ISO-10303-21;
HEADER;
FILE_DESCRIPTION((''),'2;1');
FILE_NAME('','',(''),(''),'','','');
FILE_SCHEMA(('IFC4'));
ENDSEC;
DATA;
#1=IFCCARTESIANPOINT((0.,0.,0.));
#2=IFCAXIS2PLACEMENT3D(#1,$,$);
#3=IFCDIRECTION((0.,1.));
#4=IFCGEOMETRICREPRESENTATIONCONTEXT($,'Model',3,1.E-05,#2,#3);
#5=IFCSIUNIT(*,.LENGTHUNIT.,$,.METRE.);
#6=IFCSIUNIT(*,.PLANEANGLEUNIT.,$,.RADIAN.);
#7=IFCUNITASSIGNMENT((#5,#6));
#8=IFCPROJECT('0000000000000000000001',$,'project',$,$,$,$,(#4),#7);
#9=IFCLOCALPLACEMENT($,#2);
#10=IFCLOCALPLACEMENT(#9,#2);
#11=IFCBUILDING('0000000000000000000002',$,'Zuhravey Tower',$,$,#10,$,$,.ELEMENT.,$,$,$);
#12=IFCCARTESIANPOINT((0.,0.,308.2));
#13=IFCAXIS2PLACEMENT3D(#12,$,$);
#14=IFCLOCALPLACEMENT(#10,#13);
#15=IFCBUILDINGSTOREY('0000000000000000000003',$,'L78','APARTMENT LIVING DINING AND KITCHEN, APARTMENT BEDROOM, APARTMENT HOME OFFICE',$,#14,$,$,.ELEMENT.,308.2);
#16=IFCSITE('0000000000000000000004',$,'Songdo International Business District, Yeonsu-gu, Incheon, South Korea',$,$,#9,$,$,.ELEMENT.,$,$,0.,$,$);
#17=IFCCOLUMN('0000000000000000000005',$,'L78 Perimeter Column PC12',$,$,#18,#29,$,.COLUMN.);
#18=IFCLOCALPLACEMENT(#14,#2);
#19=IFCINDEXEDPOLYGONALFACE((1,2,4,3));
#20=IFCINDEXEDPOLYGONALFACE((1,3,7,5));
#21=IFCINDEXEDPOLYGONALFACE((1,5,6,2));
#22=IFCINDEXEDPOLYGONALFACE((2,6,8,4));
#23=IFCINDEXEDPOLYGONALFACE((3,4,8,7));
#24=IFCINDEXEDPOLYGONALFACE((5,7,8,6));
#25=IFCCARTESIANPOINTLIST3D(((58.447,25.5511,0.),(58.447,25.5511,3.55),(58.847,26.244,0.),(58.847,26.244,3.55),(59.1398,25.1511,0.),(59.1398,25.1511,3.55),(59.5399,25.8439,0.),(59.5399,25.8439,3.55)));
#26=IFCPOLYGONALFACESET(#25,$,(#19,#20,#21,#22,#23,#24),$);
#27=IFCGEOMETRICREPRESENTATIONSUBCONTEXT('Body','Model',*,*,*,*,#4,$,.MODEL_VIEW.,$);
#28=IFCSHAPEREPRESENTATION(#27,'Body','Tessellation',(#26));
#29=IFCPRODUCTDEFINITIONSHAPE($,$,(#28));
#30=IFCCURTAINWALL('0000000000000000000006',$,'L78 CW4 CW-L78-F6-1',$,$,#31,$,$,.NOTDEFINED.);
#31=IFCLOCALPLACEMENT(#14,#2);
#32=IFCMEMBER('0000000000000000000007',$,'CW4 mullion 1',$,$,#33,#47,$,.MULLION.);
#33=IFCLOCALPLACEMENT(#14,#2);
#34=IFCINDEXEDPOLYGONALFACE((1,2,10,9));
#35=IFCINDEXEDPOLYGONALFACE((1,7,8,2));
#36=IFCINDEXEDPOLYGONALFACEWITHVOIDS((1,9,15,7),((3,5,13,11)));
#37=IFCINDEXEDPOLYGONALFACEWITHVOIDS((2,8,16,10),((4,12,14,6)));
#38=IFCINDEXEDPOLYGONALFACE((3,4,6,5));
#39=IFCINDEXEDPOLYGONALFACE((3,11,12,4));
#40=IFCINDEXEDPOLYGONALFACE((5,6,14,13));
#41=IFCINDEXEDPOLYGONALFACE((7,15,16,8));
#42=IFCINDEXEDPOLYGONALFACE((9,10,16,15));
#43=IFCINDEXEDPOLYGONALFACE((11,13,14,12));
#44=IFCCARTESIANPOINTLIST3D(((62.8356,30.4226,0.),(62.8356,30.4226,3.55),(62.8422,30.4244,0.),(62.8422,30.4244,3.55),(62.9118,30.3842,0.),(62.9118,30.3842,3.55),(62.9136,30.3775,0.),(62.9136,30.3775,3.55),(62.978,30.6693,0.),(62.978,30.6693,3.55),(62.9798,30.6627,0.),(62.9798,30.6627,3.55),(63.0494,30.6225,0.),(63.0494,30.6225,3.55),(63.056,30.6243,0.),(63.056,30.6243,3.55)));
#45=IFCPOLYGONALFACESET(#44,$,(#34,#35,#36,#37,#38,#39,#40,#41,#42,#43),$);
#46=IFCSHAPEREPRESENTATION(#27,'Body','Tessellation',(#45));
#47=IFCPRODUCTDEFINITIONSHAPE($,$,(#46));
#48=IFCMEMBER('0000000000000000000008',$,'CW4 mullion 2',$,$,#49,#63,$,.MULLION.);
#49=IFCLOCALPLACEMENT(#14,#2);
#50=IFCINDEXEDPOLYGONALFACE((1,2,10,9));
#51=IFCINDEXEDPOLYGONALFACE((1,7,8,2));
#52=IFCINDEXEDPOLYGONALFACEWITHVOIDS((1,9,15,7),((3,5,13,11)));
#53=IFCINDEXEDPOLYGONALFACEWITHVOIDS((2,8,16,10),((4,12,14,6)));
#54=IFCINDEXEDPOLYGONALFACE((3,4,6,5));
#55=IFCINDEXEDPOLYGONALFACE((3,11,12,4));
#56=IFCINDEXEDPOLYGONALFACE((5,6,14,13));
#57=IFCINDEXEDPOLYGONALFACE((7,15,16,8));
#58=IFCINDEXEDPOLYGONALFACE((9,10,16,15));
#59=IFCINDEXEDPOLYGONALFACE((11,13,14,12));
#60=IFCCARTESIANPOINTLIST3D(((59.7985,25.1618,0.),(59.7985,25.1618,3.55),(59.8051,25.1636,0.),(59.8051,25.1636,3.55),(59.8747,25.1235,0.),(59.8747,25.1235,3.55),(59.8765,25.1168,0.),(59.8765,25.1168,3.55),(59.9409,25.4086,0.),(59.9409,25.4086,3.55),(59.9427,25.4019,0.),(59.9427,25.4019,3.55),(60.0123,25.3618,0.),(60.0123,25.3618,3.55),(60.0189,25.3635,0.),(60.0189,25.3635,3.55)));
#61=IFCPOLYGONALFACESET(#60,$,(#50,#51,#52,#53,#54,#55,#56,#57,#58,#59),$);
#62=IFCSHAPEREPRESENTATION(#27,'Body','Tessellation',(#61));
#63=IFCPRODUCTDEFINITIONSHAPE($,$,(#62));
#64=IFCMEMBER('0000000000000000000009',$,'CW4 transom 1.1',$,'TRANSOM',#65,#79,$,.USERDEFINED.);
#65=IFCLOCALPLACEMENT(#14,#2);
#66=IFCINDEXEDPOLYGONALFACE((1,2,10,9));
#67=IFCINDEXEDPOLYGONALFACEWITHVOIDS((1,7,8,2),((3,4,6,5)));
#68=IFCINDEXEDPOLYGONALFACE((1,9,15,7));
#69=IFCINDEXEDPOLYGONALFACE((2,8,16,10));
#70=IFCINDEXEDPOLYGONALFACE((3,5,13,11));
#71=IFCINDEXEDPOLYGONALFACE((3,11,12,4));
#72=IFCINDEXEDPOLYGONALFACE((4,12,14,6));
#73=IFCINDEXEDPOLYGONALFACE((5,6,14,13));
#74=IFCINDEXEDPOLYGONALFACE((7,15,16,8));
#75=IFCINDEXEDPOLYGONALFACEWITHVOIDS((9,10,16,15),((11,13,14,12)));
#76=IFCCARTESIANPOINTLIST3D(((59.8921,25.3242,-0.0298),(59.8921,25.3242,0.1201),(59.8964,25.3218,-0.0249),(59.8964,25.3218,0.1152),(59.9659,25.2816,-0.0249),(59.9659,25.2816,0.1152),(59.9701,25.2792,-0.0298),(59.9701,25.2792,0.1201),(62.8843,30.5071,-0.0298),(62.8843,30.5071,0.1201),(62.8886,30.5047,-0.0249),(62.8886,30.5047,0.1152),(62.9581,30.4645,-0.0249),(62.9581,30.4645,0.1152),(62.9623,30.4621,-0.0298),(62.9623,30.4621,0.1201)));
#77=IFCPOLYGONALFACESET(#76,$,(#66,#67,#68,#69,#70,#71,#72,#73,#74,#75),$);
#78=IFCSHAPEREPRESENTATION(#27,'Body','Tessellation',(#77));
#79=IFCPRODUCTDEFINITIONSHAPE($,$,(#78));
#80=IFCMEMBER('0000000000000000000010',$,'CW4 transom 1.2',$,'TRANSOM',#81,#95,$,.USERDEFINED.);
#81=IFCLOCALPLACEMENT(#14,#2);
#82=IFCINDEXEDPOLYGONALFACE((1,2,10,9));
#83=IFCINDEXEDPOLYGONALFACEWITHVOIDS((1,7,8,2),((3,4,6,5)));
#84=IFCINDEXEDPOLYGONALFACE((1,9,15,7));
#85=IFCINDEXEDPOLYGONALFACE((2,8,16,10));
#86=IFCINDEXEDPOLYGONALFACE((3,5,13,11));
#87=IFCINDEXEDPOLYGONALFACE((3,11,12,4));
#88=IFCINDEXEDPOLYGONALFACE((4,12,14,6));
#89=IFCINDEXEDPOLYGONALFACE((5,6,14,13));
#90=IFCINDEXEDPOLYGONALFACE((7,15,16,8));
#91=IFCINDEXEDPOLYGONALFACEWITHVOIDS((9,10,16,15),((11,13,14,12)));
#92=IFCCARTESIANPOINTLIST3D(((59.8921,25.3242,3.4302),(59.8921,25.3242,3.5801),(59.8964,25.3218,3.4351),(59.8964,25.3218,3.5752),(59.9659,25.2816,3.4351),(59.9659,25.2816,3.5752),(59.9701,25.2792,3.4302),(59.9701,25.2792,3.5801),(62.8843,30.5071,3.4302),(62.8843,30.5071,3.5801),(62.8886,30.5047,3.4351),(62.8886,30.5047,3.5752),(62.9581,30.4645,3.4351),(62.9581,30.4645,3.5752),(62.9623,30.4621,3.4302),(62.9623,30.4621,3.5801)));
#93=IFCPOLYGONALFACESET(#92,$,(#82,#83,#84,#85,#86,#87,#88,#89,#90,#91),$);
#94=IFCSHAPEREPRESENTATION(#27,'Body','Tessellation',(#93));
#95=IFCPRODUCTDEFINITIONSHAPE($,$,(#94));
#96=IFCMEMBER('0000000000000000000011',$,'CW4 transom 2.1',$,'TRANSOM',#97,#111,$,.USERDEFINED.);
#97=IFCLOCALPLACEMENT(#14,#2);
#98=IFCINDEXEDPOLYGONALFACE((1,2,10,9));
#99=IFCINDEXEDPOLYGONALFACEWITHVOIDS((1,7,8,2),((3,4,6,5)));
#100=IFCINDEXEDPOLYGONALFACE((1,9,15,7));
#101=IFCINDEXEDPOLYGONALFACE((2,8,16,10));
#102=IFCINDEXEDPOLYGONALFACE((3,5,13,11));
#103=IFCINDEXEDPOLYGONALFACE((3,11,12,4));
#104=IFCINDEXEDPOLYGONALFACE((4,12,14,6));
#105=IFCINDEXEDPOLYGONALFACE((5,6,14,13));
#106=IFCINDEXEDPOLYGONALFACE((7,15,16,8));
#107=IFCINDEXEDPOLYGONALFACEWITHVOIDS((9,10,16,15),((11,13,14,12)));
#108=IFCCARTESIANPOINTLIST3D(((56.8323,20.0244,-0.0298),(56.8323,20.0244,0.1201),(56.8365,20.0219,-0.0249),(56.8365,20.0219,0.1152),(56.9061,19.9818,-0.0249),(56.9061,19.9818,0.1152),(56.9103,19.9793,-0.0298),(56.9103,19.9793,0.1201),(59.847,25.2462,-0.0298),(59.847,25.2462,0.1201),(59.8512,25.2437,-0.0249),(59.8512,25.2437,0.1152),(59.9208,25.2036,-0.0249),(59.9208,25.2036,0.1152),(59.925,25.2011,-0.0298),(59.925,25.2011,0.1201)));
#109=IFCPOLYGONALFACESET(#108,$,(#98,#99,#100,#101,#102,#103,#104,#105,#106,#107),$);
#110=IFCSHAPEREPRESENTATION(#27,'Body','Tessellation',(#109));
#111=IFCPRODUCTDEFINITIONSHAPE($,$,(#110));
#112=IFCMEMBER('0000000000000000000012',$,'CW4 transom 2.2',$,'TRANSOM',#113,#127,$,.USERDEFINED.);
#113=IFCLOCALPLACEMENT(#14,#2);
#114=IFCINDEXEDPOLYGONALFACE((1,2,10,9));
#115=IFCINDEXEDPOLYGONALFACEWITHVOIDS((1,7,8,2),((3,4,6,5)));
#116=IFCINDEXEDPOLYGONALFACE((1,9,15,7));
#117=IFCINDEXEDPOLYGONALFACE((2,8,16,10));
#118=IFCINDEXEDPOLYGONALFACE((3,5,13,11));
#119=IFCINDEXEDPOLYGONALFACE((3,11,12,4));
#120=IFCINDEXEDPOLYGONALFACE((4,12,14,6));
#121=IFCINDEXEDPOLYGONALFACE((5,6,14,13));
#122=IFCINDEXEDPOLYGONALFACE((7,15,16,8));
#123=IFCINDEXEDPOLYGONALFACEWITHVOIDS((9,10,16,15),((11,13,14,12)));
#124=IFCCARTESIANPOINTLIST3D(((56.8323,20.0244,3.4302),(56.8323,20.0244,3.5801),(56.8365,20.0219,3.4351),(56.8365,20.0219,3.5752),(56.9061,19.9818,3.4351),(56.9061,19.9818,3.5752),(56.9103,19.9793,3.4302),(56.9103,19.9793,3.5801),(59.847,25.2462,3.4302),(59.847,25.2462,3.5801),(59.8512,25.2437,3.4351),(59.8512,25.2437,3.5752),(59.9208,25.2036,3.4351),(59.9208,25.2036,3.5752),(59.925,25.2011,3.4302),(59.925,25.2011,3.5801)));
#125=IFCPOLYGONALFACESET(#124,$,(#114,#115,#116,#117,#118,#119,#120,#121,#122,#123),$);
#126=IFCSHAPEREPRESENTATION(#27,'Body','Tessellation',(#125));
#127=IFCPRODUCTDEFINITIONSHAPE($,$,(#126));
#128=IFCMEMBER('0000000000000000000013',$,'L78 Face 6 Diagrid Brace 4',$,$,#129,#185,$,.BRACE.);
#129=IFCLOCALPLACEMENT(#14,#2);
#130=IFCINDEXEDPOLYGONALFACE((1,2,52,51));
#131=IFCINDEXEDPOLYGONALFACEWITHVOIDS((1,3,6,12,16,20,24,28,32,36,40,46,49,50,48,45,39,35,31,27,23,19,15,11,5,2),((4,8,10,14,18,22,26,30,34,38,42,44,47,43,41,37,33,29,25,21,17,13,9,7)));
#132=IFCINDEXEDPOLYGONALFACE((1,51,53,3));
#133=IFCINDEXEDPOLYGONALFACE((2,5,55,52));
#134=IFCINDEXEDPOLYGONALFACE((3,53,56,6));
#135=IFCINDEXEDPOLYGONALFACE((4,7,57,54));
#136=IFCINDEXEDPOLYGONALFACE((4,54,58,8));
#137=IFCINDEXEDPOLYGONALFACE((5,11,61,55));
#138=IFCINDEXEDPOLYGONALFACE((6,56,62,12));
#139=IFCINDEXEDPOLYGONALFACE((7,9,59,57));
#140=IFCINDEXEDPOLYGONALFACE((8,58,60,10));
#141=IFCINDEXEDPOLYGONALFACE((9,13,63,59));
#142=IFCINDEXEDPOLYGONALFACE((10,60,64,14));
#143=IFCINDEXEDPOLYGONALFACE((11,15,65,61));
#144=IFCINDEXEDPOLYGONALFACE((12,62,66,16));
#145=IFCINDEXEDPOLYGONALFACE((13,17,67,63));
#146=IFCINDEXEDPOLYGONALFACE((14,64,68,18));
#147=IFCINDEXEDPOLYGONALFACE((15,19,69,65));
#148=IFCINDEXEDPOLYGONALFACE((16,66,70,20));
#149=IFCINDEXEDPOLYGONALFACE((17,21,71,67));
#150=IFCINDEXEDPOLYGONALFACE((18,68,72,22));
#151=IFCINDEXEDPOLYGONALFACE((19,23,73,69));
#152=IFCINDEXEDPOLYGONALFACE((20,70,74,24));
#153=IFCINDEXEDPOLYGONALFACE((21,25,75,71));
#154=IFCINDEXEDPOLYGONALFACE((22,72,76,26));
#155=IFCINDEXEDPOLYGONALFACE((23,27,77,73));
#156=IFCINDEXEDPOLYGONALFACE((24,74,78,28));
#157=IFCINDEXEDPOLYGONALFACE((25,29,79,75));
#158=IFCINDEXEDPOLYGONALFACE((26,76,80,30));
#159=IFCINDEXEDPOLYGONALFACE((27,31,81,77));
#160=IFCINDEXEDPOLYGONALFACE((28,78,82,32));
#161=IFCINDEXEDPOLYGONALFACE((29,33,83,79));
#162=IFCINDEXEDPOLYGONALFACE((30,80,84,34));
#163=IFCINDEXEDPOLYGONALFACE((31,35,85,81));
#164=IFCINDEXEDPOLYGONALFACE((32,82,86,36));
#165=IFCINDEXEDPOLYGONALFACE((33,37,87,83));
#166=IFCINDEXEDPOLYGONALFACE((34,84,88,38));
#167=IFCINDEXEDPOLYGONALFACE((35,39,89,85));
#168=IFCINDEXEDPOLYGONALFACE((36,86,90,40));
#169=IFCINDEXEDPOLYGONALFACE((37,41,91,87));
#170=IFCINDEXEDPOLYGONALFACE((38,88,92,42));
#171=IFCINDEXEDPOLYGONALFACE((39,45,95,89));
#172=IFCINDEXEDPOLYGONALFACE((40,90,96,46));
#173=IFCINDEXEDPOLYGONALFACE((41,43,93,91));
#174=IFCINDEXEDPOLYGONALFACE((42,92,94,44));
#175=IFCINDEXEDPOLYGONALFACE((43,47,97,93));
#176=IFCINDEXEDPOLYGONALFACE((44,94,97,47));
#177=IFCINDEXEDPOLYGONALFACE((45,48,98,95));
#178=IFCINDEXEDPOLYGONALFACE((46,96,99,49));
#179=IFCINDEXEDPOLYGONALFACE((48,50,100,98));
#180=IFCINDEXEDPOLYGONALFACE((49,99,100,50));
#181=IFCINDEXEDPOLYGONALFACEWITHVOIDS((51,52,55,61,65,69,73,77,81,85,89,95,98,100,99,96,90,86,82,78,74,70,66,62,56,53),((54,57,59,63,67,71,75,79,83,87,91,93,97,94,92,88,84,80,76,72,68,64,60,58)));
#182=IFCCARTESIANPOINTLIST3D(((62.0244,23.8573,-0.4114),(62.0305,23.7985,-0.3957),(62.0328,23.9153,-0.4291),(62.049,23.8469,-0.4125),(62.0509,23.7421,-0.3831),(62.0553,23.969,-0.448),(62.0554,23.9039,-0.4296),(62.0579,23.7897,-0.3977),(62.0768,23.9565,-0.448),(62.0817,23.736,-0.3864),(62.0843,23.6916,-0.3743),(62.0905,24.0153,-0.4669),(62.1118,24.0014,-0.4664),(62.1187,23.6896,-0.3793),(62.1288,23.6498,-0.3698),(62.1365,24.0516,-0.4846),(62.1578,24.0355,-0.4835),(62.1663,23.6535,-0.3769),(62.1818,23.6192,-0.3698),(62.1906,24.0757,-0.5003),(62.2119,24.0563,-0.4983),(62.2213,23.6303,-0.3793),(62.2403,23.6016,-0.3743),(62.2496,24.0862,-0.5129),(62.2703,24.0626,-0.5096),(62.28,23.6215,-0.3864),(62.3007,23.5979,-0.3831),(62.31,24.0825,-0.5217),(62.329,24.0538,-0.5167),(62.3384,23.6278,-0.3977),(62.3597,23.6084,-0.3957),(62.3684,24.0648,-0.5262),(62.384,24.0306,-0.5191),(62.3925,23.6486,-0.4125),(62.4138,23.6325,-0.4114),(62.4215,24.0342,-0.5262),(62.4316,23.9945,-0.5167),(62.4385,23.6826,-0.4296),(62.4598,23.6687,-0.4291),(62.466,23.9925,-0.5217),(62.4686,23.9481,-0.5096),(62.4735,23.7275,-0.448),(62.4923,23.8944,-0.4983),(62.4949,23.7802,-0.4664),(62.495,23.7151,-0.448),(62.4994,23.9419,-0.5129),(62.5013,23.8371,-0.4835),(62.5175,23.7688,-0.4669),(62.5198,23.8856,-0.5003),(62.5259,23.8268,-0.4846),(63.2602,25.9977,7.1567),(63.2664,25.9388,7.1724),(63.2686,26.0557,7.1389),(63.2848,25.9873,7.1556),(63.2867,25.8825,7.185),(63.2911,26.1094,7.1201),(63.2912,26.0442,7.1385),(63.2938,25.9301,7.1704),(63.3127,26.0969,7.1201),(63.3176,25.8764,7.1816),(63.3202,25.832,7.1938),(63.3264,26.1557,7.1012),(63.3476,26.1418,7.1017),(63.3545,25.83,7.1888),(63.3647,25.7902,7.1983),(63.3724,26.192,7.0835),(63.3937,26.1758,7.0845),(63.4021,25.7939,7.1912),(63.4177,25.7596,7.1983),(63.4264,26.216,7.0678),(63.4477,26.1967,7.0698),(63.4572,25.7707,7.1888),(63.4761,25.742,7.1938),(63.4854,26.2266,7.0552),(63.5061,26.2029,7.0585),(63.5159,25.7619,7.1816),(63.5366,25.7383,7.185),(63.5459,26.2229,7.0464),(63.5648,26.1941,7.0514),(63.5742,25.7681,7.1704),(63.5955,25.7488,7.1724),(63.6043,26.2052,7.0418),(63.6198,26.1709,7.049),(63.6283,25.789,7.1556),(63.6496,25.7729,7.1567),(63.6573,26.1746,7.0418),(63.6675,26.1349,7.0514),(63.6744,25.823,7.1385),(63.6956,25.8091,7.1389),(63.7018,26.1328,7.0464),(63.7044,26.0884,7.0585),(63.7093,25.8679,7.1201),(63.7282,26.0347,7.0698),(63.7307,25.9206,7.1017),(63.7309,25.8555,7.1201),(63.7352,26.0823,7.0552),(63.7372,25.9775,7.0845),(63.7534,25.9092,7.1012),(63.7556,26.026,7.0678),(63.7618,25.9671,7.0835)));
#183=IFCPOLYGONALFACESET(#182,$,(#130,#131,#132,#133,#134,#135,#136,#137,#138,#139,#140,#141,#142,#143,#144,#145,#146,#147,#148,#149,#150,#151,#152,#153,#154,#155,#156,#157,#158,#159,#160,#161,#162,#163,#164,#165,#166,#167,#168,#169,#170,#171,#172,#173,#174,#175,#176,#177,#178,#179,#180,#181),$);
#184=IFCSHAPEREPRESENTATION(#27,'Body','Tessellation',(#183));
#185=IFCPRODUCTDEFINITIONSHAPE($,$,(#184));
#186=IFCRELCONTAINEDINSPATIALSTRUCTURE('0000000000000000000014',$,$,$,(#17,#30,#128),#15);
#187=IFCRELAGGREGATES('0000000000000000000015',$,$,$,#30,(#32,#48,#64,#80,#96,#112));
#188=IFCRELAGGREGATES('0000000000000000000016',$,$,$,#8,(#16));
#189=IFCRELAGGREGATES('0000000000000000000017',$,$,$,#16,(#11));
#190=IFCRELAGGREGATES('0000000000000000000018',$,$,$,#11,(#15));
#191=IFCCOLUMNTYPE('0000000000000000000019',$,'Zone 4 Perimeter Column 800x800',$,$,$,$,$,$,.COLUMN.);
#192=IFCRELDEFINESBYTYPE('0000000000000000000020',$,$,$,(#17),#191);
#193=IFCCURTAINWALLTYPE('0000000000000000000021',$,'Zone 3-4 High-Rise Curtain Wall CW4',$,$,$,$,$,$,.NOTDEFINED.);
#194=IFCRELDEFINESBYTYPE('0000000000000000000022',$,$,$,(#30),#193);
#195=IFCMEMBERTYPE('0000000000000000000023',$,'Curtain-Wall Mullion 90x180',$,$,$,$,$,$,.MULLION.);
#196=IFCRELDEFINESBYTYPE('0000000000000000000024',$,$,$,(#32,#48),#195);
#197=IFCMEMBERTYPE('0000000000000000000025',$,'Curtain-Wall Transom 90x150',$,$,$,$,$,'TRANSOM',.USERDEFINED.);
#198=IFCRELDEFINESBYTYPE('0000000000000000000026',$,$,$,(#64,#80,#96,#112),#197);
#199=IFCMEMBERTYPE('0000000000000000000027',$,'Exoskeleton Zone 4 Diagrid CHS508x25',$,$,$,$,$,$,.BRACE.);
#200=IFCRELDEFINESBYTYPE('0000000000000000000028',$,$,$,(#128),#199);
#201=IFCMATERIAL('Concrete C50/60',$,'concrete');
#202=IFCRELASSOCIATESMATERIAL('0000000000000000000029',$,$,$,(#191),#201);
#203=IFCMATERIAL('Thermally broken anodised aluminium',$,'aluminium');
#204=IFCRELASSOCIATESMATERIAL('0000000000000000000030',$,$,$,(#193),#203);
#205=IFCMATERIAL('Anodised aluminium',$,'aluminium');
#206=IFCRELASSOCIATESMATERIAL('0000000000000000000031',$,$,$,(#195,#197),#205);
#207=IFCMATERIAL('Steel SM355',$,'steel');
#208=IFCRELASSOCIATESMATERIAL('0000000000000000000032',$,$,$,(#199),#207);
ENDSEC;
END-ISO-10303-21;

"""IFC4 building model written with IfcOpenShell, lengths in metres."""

from ifc_helpers import new_model, si_unit, direction, frame, origin, origin_2d, place, context, subcontext, project, spatial, rectangle, hollow_rectangle, hollow_circle, extrude, material, material_profile, profile_set, type_object, element, aggregate, save


model = new_model("IFC4")

# Units and contexts
model_context = context("Model", 3, precision=1e-05, world=origin(), true_north=direction((0.0, 1.0)))
body_context = subcontext(model_context, "Body", "Model", "MODEL_VIEW")
ifc_project = project(units=[si_unit("LENGTHUNIT", "METRE"), si_unit("PLANEANGLEUNIT", "RADIAN")], contexts=[model_context])

# Site, building, storey
site_placement = place(None, origin())
site = spatial("IfcSite", under=ifc_project, at=site_placement, Name="Songdo International Business District, Yeonsu-gu, Incheon, South Korea", CompositionType="ELEMENT", RefElevation=0.0)
building_placement = place(site_placement, origin())
building = spatial("IfcBuilding", under=site, at=building_placement, Name="Zuhravey Tower", CompositionType="ELEMENT")
storey_placement = place(building_placement, frame((0.0, 0.0, 308.2)))
storey = spatial("IfcBuildingStorey", under=building, at=storey_placement, Name="L78", Description="APARTMENT LIVING DINING AND KITCHEN, APARTMENT BEDROOM, APARTMENT HOME OFFICE", CompositionType="ELEMENT", Elevation=308.2)

# Column
ifc_material_1 = material(Name="Concrete C50/60", Category="concrete")
ifc_material_profile_1 = material_profile(ifc_material_1, rectangle(XDim=0.8, YDim=0.8, at=origin_2d()), Name="RC-800x800")
ifc_profile_set_1 = profile_set([ifc_material_profile_1], Name="Concrete C50/60")
column_type = type_object("IfcColumnType", Name="Zone 4 Perimeter Column 800x800", PredefinedType="COLUMN", material=ifc_profile_set_1)
column_placement = place(storey_placement, frame((58.9934, 25.6975, 0.0), z_axis=(0.0, 0.0, 1.0), x_axis=(0.5, 0.866025, 0.0)))
element("IfcColumn", 1, at=column_placement, inside=storey, type_object=column_type, Name="L78 Perimeter Column PC12", PredefinedType="COLUMN", context=body_context, shape_type="SweptSolid", body=[
    extrude(rectangle(XDim=0.8, YDim=0.8, at=origin_2d()), origin(), (0.0, 0.0, 1.0), 3.55),
])

# Curtain wall, members
ifc_material_2 = material(Name="Thermally broken anodised aluminium", Category="aluminium")
curtain_wall_type = type_object("IfcCurtainWallType", Name="Zone 3-4 High-Rise Curtain Wall CW4", PredefinedType="NOTDEFINED", material=ifc_material_2)
curtain_wall_placement = place(storey_placement, origin())
curtain_wall = element("IfcCurtainWall", 2, at=curtain_wall_placement, inside=storey, type_object=curtain_wall_type, Name="L78 CW4 CW-L78-F6-1", PredefinedType="NOTDEFINED")
ifc_material_3 = material(Name="Anodised aluminium", Category="aluminium")
ifc_material_profile_2 = material_profile(ifc_material_3, hollow_rectangle(XDim=0.0901, YDim=0.2849, WallThickness=0.0049, at=origin_2d()), Name="ALU-RHS-90x285x5")
ifc_profile_set_2 = profile_set([ifc_material_profile_2], Name="Anodised aluminium")
member_type_1 = type_object("IfcMemberType", Name="Curtain-Wall Mullion 90x180", PredefinedType="MULLION", material=ifc_profile_set_2)
member_1_placement = place(storey_placement, frame((62.9458, 30.5234, 0.0), z_axis=(0.0, 0.0, 1.0), x_axis=(0.866026, -0.5, 0.0)))
member_1 = element("IfcMember", 3, at=member_1_placement, type_object=member_type_1, Name="CW4 mullion 1", PredefinedType="MULLION", context=body_context, shape_type="SweptSolid", body=[
    extrude(hollow_rectangle(XDim=0.0901, YDim=0.2849, WallThickness=0.0049, at=origin_2d()), origin(), (0.0, 0.0, 1.0), 3.55),
])
member_2_placement = place(storey_placement, frame((59.9087, 25.2627, 0.0), z_axis=(0.0, 0.0, 1.0), x_axis=(0.866026, -0.5, 0.0)))
member_2 = element("IfcMember", 4, at=member_2_placement, type_object=member_type_1, Name="CW4 mullion 2", PredefinedType="MULLION", context=body_context, shape_type="SweptSolid", body=[
    extrude(hollow_rectangle(XDim=0.0901, YDim=0.2849, WallThickness=0.0049, at=origin_2d()), origin(), (0.0, 0.0, 1.0), 3.55),
])
ifc_material_profile_3 = material_profile(ifc_material_3, hollow_rectangle(XDim=0.0901, YDim=0.1499, WallThickness=0.0049, at=origin_2d()), Name="ALU-RHS-90x150x5")
ifc_profile_set_3 = profile_set([ifc_material_profile_3], Name="Anodised aluminium")
member_type_2 = type_object("IfcMemberType", Name="Curtain-Wall Transom 90x150", ElementType="TRANSOM", PredefinedType="USERDEFINED", material=ifc_profile_set_3)
member_3_placement = place(storey_placement, frame((62.9233, 30.4846, 0.0452), z_axis=(-0.499983, -0.866035, 0.0), x_axis=(0.866035, -0.499983, 0.0)))
member_3 = element("IfcMember", 5, at=member_3_placement, type_object=member_type_2, Name="CW4 transom 1.1", ObjectType="TRANSOM", PredefinedType="USERDEFINED", context=body_context, shape_type="SweptSolid", body=[
    extrude(hollow_rectangle(XDim=0.0901, YDim=0.1499, WallThickness=0.0049, at=origin_2d()), origin(), (0.0, 0.0, 1.0), 5.9846),
])
member_4_placement = place(storey_placement, frame((62.9233, 30.4846, 3.5051), z_axis=(-0.499983, -0.866035, 0.0), x_axis=(0.866035, -0.499983, 0.0)))
member_4 = element("IfcMember", 6, at=member_4_placement, type_object=member_type_2, Name="CW4 transom 1.2", ObjectType="TRANSOM", PredefinedType="USERDEFINED", context=body_context, shape_type="SweptSolid", body=[
    extrude(hollow_rectangle(XDim=0.0901, YDim=0.1499, WallThickness=0.0049, at=origin_2d()), origin(), (0.0, 0.0, 1.0), 5.9846),
])
member_5_placement = place(storey_placement, frame((59.886, 25.2236, 0.0452), z_axis=(-0.499989, -0.866032, 0.0), x_axis=(0.866032, -0.499989, 0.0)))
member_5 = element("IfcMember", 7, at=member_5_placement, type_object=member_type_2, Name="CW4 transom 2.1", ObjectType="TRANSOM", PredefinedType="USERDEFINED", context=body_context, shape_type="SweptSolid", body=[
    extrude(hollow_rectangle(XDim=0.0901, YDim=0.1499, WallThickness=0.0049, at=origin_2d()), origin(), (0.0, 0.0, 1.0), 6.0295),
])
member_6_placement = place(storey_placement, frame((59.886, 25.2236, 3.5051), z_axis=(-0.499989, -0.866032, 0.0), x_axis=(0.866032, -0.499989, 0.0)))
member_6 = element("IfcMember", 8, at=member_6_placement, type_object=member_type_2, Name="CW4 transom 2.2", ObjectType="TRANSOM", PredefinedType="USERDEFINED", context=body_context, shape_type="SweptSolid", body=[
    extrude(hollow_rectangle(XDim=0.0901, YDim=0.1499, WallThickness=0.0049, at=origin_2d()), origin(), (0.0, 0.0, 1.0), 6.0295),
])

# Member
ifc_material_4 = material(Name="Steel SM355", Category="steel")
ifc_material_profile_4 = material_profile(ifc_material_4, hollow_circle(Radius=0.2539, WallThickness=0.0249, at=origin_2d()), Name="CHS-508.0x25")
ifc_profile_set_4 = profile_set([ifc_material_profile_4], Name="Steel SM355")
member_type_3 = type_object("IfcMemberType", Name="Exoskeleton Zone 4 Diagrid CHS508x25", PredefinedType="BRACE", material=ifc_profile_set_4)
member_7_placement = place(storey_placement, frame((62.2751, 23.842, -0.448), z_axis=(0.155228, 0.268843, 0.950593), x_axis=(-0.86601, 0.500027, 0.0)))
element("IfcMember", 9, at=member_7_placement, inside=storey, type_object=member_type_3, Name="L78 Face 6 Diagrid Brace 4", PredefinedType="BRACE", context=body_context, shape_type="SweptSolid", body=[
    extrude(hollow_circle(Radius=0.2539, WallThickness=0.0249, at=origin_2d()), origin(), (0.0, 0.0, 1.0), 7.9614),
])

aggregate(curtain_wall, [member_1, member_2, member_3, member_4, member_5, member_6])

save(model, "model.ifc")
